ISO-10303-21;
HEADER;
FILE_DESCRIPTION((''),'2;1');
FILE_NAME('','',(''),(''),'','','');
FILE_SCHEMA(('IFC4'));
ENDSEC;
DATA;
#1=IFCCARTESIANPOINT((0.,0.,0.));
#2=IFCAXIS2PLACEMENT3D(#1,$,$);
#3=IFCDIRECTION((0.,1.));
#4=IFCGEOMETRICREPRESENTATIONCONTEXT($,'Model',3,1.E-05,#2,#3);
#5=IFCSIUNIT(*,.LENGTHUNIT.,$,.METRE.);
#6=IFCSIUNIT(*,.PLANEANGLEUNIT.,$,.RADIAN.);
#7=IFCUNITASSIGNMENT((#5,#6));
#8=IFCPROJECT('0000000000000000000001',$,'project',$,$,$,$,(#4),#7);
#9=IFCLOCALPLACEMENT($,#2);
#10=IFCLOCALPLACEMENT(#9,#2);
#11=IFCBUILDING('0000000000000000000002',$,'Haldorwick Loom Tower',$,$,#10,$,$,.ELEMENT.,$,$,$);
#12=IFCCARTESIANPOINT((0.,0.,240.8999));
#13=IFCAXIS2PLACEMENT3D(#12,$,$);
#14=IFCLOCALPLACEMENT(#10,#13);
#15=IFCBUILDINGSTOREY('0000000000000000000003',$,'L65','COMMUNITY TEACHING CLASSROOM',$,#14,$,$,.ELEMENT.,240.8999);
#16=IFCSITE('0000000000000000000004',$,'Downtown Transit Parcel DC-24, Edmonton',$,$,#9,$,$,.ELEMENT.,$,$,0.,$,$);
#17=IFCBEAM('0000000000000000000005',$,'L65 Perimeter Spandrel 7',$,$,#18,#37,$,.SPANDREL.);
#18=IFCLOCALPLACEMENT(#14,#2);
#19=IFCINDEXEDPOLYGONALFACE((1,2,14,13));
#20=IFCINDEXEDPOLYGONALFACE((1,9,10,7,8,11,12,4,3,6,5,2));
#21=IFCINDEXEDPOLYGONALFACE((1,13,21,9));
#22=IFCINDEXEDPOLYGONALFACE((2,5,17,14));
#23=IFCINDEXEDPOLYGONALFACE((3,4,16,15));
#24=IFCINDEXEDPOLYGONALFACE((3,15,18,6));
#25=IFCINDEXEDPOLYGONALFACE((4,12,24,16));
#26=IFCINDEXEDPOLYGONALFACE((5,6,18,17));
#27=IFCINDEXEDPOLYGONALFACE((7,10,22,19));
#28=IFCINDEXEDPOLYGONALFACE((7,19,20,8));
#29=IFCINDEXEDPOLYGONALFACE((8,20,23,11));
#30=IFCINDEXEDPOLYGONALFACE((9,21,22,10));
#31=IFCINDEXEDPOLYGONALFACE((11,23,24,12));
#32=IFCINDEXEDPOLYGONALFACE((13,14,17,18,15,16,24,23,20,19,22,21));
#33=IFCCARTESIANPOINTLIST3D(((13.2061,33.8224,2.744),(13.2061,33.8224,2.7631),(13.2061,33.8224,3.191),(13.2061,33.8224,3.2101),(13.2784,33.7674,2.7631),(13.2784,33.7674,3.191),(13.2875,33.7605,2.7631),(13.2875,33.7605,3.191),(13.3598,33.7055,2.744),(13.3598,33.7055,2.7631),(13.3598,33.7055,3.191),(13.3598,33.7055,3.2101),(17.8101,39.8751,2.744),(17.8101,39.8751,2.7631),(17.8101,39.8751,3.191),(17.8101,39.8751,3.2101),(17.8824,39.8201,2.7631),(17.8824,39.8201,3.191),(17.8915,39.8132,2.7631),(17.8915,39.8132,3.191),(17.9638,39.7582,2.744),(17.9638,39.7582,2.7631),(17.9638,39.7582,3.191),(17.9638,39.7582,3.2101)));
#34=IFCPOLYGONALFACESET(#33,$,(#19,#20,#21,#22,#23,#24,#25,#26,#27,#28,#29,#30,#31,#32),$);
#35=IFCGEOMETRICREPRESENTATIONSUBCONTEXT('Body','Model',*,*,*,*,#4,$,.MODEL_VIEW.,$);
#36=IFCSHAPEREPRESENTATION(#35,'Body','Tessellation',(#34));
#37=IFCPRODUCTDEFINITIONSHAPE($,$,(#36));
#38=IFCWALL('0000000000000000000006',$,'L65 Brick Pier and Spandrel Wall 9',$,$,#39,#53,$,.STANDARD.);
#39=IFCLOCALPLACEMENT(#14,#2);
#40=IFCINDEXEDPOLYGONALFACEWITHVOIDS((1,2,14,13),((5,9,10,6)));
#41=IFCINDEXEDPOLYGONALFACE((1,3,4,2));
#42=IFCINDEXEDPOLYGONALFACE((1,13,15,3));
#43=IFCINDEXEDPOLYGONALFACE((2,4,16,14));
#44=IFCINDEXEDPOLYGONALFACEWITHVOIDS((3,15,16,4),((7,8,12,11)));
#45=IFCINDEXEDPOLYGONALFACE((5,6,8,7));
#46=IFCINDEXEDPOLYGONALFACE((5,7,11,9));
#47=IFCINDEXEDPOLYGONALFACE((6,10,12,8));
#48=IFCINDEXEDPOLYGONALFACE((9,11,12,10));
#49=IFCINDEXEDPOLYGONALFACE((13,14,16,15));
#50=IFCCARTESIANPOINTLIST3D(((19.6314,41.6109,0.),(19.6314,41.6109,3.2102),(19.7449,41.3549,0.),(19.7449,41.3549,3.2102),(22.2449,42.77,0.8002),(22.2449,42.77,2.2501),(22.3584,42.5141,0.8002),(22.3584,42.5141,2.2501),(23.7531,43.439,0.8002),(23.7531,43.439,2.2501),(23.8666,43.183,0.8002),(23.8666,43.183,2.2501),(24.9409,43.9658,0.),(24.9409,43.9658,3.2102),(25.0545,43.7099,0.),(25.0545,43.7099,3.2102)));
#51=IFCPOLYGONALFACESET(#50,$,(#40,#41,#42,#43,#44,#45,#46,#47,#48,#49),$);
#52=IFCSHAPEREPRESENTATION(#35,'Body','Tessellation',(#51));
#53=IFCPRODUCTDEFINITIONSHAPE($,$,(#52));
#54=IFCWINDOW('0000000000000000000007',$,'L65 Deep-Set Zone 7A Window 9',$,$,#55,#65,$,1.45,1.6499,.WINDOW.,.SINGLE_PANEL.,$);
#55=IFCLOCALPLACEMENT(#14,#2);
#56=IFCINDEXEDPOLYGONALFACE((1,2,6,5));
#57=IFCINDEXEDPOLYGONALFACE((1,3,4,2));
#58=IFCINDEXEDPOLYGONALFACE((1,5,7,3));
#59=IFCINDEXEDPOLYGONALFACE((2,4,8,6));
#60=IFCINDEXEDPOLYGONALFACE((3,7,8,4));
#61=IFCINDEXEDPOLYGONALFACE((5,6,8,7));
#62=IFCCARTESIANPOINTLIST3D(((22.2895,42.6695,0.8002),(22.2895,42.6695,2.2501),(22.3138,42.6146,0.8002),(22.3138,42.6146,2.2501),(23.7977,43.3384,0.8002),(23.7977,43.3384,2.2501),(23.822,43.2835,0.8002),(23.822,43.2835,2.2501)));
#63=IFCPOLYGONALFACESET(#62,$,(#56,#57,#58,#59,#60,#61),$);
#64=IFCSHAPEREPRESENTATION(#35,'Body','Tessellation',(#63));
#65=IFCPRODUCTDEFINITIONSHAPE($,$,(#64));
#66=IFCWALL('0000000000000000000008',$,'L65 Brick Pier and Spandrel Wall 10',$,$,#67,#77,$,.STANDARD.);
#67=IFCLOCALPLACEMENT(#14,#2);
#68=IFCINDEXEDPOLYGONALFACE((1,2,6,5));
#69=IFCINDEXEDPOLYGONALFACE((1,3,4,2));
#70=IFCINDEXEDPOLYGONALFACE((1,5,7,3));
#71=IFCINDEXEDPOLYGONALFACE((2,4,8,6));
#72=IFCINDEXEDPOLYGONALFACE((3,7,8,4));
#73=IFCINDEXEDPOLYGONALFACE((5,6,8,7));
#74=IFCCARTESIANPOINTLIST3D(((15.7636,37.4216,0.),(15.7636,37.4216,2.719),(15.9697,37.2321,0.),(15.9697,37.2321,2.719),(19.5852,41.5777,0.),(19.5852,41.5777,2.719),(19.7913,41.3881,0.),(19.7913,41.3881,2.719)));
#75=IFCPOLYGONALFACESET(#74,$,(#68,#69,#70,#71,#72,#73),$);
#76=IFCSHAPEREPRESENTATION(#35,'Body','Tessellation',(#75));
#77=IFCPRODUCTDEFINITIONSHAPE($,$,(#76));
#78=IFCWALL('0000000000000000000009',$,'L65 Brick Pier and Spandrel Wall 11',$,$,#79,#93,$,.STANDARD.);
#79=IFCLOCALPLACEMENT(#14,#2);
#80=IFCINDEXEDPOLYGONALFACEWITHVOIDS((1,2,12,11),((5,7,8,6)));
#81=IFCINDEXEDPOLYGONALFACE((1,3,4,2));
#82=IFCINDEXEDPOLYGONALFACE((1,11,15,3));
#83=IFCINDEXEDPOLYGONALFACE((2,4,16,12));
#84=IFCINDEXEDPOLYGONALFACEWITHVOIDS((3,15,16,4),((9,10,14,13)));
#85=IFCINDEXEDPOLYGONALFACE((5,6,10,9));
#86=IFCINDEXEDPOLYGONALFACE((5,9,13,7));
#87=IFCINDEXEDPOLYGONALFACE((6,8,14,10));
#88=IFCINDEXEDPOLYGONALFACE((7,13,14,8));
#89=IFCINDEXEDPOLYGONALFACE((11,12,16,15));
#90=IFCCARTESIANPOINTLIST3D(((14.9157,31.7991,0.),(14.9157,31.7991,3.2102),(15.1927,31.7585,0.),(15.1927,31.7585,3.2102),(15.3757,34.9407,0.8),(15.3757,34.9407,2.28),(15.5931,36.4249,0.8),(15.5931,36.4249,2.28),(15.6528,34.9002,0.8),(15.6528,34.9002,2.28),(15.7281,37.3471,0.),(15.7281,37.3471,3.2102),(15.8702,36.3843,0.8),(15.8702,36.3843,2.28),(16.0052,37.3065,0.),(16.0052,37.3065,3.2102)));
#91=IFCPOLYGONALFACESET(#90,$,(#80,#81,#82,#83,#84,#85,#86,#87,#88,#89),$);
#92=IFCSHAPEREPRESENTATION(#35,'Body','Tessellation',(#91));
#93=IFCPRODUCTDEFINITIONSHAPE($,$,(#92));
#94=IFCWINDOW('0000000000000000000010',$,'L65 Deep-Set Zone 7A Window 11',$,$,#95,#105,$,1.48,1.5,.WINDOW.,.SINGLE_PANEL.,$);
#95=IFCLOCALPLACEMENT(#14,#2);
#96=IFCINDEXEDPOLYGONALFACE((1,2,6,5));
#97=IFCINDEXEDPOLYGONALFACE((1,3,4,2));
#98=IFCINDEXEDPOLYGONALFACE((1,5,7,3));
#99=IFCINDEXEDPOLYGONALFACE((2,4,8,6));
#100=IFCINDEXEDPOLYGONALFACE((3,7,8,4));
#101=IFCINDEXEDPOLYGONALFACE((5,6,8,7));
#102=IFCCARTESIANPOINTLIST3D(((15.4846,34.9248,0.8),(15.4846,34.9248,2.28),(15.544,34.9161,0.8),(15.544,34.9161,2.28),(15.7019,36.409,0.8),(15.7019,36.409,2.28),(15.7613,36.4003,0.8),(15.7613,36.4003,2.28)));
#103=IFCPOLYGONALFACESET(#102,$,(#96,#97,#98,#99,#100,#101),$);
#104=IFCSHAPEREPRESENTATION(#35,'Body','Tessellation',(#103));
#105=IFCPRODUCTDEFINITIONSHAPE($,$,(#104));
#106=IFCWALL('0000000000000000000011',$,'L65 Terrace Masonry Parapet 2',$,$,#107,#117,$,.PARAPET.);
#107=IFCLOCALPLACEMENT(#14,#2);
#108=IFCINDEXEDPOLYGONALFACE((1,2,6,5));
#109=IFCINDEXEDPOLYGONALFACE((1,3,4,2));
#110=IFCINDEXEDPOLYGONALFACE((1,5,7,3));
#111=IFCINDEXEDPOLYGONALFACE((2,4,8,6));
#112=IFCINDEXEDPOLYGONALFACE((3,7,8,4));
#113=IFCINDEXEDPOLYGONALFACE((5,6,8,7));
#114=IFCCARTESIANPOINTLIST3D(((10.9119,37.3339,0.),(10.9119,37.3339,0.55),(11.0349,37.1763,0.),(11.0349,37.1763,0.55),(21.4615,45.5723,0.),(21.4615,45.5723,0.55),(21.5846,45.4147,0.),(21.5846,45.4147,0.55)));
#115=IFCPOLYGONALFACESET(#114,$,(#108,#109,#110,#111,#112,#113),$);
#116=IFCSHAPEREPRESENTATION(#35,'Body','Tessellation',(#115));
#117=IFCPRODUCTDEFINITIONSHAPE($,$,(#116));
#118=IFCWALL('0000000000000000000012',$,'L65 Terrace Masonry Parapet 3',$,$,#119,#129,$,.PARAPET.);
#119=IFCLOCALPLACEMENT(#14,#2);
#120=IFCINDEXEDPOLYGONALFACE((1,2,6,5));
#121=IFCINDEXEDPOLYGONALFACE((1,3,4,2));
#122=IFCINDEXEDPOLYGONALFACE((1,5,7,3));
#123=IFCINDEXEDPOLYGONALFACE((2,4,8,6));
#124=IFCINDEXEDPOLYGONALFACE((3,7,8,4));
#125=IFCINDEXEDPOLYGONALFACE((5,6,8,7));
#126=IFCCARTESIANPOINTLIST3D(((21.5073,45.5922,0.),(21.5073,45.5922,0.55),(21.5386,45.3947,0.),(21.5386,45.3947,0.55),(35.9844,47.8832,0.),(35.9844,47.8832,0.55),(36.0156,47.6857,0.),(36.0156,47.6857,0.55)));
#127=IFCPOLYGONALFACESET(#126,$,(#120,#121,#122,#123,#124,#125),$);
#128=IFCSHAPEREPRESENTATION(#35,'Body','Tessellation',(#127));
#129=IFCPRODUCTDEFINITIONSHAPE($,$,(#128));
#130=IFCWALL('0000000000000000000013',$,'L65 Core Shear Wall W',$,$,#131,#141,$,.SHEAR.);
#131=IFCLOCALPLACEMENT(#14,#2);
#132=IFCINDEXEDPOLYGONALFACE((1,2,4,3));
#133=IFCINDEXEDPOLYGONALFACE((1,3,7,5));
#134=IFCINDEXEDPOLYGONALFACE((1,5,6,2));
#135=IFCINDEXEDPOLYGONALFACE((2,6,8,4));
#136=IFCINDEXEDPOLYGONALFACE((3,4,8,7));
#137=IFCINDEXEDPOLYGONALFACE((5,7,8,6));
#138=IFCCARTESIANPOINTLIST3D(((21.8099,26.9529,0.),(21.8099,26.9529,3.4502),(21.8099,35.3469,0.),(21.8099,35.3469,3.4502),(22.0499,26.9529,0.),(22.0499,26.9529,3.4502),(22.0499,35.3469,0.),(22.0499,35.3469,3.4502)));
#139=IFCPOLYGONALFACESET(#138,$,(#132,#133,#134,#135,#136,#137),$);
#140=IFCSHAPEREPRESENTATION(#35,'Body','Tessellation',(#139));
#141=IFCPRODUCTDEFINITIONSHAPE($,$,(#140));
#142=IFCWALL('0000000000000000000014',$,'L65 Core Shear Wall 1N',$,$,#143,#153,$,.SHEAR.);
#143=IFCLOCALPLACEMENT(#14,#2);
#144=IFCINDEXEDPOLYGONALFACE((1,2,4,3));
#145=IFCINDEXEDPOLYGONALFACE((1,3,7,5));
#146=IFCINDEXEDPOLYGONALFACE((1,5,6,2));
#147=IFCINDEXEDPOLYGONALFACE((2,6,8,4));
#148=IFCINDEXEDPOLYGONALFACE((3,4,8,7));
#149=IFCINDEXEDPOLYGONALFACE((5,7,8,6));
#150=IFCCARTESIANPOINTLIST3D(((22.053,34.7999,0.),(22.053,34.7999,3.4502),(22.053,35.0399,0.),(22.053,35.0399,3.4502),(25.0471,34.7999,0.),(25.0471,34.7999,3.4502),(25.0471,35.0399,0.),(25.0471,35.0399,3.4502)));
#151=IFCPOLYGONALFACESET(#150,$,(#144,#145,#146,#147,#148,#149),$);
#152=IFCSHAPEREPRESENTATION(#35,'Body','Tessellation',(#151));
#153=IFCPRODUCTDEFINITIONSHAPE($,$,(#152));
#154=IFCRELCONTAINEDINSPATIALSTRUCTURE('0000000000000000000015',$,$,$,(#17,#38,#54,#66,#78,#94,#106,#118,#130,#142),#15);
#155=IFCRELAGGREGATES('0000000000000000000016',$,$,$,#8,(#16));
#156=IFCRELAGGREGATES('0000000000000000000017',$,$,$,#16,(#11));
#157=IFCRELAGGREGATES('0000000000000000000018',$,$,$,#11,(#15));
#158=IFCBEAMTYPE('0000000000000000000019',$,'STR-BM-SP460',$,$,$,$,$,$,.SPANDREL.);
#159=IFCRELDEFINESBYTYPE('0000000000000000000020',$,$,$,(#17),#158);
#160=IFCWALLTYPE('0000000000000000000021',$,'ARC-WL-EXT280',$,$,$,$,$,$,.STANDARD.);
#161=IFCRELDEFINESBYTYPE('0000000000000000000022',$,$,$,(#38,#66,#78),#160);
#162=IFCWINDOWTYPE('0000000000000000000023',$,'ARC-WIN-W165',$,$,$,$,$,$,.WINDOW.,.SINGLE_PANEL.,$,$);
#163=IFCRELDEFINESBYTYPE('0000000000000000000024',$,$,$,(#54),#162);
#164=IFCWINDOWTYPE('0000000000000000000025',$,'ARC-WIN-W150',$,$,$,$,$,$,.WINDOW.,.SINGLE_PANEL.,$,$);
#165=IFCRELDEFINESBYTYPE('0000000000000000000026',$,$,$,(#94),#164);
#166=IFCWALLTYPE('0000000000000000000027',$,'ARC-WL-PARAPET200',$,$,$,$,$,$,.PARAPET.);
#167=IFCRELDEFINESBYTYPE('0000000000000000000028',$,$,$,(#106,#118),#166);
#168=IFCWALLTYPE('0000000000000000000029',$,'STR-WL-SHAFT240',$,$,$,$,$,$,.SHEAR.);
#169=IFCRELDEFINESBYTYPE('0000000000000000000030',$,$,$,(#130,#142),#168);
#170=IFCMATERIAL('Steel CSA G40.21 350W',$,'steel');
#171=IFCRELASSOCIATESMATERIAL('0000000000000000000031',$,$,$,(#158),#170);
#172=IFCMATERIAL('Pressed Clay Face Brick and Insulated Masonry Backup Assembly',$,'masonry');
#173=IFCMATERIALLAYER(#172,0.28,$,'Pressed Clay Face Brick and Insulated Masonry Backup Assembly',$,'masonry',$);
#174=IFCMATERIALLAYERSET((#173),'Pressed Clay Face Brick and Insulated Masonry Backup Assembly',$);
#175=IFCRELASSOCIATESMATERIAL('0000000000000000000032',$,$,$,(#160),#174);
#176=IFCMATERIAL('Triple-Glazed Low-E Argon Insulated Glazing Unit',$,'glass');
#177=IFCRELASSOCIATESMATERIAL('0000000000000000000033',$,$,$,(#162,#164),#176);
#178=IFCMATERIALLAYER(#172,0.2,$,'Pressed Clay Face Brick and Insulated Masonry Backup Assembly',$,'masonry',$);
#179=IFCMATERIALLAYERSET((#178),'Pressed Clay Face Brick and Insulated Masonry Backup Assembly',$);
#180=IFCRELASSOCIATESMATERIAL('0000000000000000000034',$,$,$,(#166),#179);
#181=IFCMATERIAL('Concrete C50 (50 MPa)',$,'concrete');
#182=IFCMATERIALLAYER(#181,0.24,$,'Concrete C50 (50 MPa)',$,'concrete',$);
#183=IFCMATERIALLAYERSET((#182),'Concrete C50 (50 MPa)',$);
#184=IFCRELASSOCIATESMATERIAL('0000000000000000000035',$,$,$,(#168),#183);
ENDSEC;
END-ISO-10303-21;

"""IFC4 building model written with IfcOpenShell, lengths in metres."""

from ifc_helpers import new_model, si_unit, direction, frame, frame_2d, origin, origin_2d, place, context, subcontext, project, spatial, rectangle, i_section, extrude, material, layer, layer_set, material_profile, profile_set, type_object, element, fill, save


model = new_model("IFC4")

# Units and contexts
model_context = context("Model", 3, precision=1e-05, world=origin(), true_north=direction((0.0, 1.0)))
body_context = subcontext(model_context, "Body", "Model", "MODEL_VIEW")
ifc_project = project(units=[si_unit("LENGTHUNIT", "METRE"), si_unit("PLANEANGLEUNIT", "RADIAN")], contexts=[model_context])

# Site, building, storey
site_placement = place(None, origin())
site = spatial("IfcSite", under=ifc_project, at=site_placement, Name="Downtown Transit Parcel DC-24, Edmonton", CompositionType="ELEMENT", RefElevation=0.0)
building_placement = place(site_placement, origin())
building = spatial("IfcBuilding", under=site, at=building_placement, Name="Haldorwick Loom Tower", CompositionType="ELEMENT")
storey_placement = place(building_placement, frame((0.0, 0.0, 240.8999)))
storey = spatial("IfcBuildingStorey", under=building, at=storey_placement, Name="L65", Description="COMMUNITY TEACHING CLASSROOM", CompositionType="ELEMENT", Elevation=240.8999)

# Shared definitions
ifc_material_1 = material(Name="Steel CSA G40.21 350W", Category="steel")

# Beam
ifc_material_2 = material(Name="Concrete C50 (50 MPa)", Category="concrete")
ifc_material_profile_1 = material_profile(ifc_material_1, i_section(OverallWidth=0.1931, OverallDepth=0.4661, WebThickness=0.0115, FlangeThickness=0.019, at=origin_2d()), Name="W460X97", Category="steel")
ifc_profile_set_1 = profile_set([ifc_material_profile_1], Name="Steel CSA G40.21 350W")
beam_type_1 = type_object("IfcBeamType", Name="STR-BM-SP460", PredefinedType="SPANDREL", material=ifc_profile_set_1)
beam_1_placement = place(storey_placement, frame((17.887, 39.8167, 2.9771), z_axis=(-0.60541, -0.795913, 0.0), x_axis=(0.795913, -0.60541, 0.0)))
element("IfcBeam", 1, at=beam_1_placement, inside=storey, type_object=beam_type_1, Name="L65 Perimeter Spandrel 7", PredefinedType="SPANDREL", context=body_context, shape_type="SweptSolid", body=[
    extrude(i_section(OverallWidth=0.1931, OverallDepth=0.4661, WebThickness=0.0115, FlangeThickness=0.019, at=origin_2d()), origin(), (0.0, 0.0, 1.0), 7.6047),
])

# Wall, opening, window
ifc_material_3 = material(Name="Pressed Clay Face Brick and Insulated Masonry Backup Assembly", Category="masonry")
ifc_layer_1 = layer(ifc_material_3, 0.28, Name="Pressed Clay Face Brick and Insulated Masonry Backup Assembly", Category="masonry")
ifc_layer_set_1 = layer_set([ifc_layer_1], Name="Pressed Clay Face Brick and Insulated Masonry Backup Assembly")
wall_type_1 = type_object("IfcWallType", Name="ARC-WL-EXT280", PredefinedType="STANDARD", material=ifc_layer_set_1)
wall_1_placement = place(storey_placement, frame((24.9978, 43.8379, 0.0), z_axis=(0.0, 0.0, 1.0), x_axis=(-0.91412, -0.405444, 0.0)))
wall_1 = element("IfcWall", 2, at=wall_1_placement, inside=storey, type_object=wall_type_1, Name="L65 Brick Pier and Spandrel Wall 9", PredefinedType="STANDARD", context=body_context, shape_type="SweptSolid", body=[
    extrude(rectangle(XDim=5.8083, YDim=0.28, at=frame_2d((2.9043, 0.0))), origin(), (0.0, 0.0, 1.0), 3.2102),
])
opening_1_placement = place(wall_1_placement, frame((1.2996, 0.0, 0.8)))
opening_1 = element("IfcOpeningElement", 3, at=opening_1_placement, cuts=wall_1, PredefinedType="OPENING", context=body_context, shape_type="SweptSolid", body=[
    extrude(rectangle(XDim=1.6499, YDim=1.45, at=frame_2d((0.825, 0.7251))), frame((0.0, 0.1499, 0.0), z_axis=(0.0, -1.0, 0.0), x_axis=(1.0, 0.0, 0.0)), (0.0, 0.0, 1.0), 0.3),
])
ifc_material_4 = material(Name="Triple-Glazed Low-E Argon Insulated Glazing Unit", Category="glass")
window_type_1 = type_object("IfcWindowType", Name="ARC-WIN-W165", PartitioningType="SINGLE_PANEL", PredefinedType="WINDOW", material=ifc_material_4)
window_1_placement = place(opening_1_placement, origin())
window_1 = element("IfcWindow", 4, at=window_1_placement, inside=storey, type_object=window_type_1, Name="L65 Deep-Set Zone 7A Window 9", OverallHeight=1.45, OverallWidth=1.6499, PartitioningType="SINGLE_PANEL", PredefinedType="WINDOW", context=body_context, shape_type="SweptSolid", body=[
    extrude(rectangle(XDim=1.6499, YDim=1.45, at=frame_2d((0.825, 0.7251))), frame((0.0, 0.03, 0.0), z_axis=(0.0, -1.0, 0.0), x_axis=(1.0, 0.0, 0.0)), (0.0, 0.0, 1.0), 0.0601),
])
fill(opening_1, window_1)

# Wall
wall_2_placement = place(storey_placement, frame((19.6882, 41.4829, 0.0), z_axis=(0.0, 0.0, 1.0), x_axis=(-0.676865, -0.736107, 0.0)))
element("IfcWall", 5, at=wall_2_placement, inside=storey, type_object=wall_type_1, Name="L65 Brick Pier and Spandrel Wall 10", PredefinedType="STANDARD", context=body_context, shape_type="SweptSolid", body=[
    extrude(rectangle(XDim=5.646, YDim=0.28, at=frame_2d((2.823, 0.0))), origin(), (0.0, 0.0, 1.0), 2.719),
])

# Wall, opening, window
wall_3_placement = place(storey_placement, frame((15.8667, 37.3269, 0.0), z_axis=(0.0, 0.0, 1.0), x_axis=(-0.144901, -0.989446, 0.0)))
wall_3 = element("IfcWall", 6, at=wall_3_placement, inside=storey, type_object=wall_type_1, Name="L65 Brick Pier and Spandrel Wall 11", PredefinedType="STANDARD", context=body_context, shape_type="SweptSolid", body=[
    extrude(rectangle(XDim=5.6072, YDim=0.28, at=frame_2d((2.8037, 0.0))), origin(), (0.0, 0.0, 1.0), 3.2102),
])
opening_2_placement = place(wall_3_placement, frame((0.9321, 0.0, 0.8)))
opening_2 = element("IfcOpeningElement", 7, at=opening_2_placement, cuts=wall_3, PredefinedType="OPENING", context=body_context, shape_type="SweptSolid", body=[
    extrude(rectangle(XDim=1.5, YDim=1.48, at=frame_2d((0.75, 0.74))), frame((0.0, 0.1499, 0.0), z_axis=(0.0, -1.0, 0.0), x_axis=(1.0, 0.0, 0.0)), (0.0, 0.0, 1.0), 0.3),
])
window_type_2 = type_object("IfcWindowType", Name="ARC-WIN-W150", PartitioningType="SINGLE_PANEL", PredefinedType="WINDOW", material=ifc_material_4)
window_2_placement = place(opening_2_placement, origin())
window_2 = element("IfcWindow", 8, at=window_2_placement, inside=storey, type_object=window_type_2, Name="L65 Deep-Set Zone 7A Window 11", OverallHeight=1.48, OverallWidth=1.5, PartitioningType="SINGLE_PANEL", PredefinedType="WINDOW", context=body_context, shape_type="SweptSolid", body=[
    extrude(rectangle(XDim=1.5, YDim=1.48, at=frame_2d((0.75, 0.74))), frame((0.0, 0.03, 0.0), z_axis=(0.0, -1.0, 0.0), x_axis=(1.0, 0.0, 0.0)), (0.0, 0.0, 1.0), 0.0601),
])
fill(opening_2, window_2)

# Walls
ifc_layer_2 = layer(ifc_material_3, 0.2, Name="Pressed Clay Face Brick and Insulated Masonry Backup Assembly", Category="masonry")
ifc_layer_set_2 = layer_set([ifc_layer_2], Name="Pressed Clay Face Brick and Insulated Masonry Backup Assembly")
wall_type_2 = type_object("IfcWallType", Name="ARC-WL-PARAPET200", PredefinedType="PARAPET", material=ifc_layer_set_2)
wall_4_placement = place(storey_placement, frame((10.9734, 37.2551, 0.0), z_axis=(0.0, 0.0, 1.0), x_axis=(0.788153, 0.615479, 0.0)))
element("IfcWall", 9, at=wall_4_placement, inside=storey, type_object=wall_type_2, Name="L65 Terrace Masonry Parapet 2", PredefinedType="PARAPET", context=body_context, shape_type="SweptSolid", body=[
    extrude(rectangle(XDim=13.3853, YDim=0.2, at=frame_2d((6.6926, 0.0))), origin(), (0.0, 0.0, 1.0), 0.55),
])
wall_5_placement = place(storey_placement, frame((21.5229, 45.4934, 0.0), z_axis=(0.0, 0.0, 1.0), x_axis=(0.987709, 0.156306, 0.0)))
element("IfcWall", 10, at=wall_5_placement, inside=storey, type_object=wall_type_2, Name="L65 Terrace Masonry Parapet 3", PredefinedType="PARAPET", context=body_context, shape_type="SweptSolid", body=[
    extrude(rectangle(XDim=14.6572, YDim=0.2, at=frame_2d((7.3286, 0.0))), origin(), (0.0, 0.0, 1.0), 0.55),
])
ifc_layer_3 = layer(ifc_material_2, 0.24, Name="Concrete C50 (50 MPa)", Category="concrete")
ifc_layer_set_3 = layer_set([ifc_layer_3], Name="Concrete C50 (50 MPa)")
wall_type_3 = type_object("IfcWallType", Name="STR-WL-SHAFT240", PredefinedType="SHEAR", material=ifc_layer_set_3)
wall_6_placement = place(storey_placement, frame((21.9299, 35.3469, 0.0), z_axis=(0.0, 0.0, 1.0), x_axis=(0.0, -1.0, 0.0)))
element("IfcWall", 11, at=wall_6_placement, inside=storey, type_object=wall_type_3, Name="L65 Core Shear Wall W", PredefinedType="SHEAR", context=body_context, shape_type="SweptSolid", body=[
    extrude(rectangle(XDim=8.394, YDim=0.24, at=frame_2d((4.197, 0.0))), origin(), (0.0, 0.0, 1.0), 3.4502),
])
wall_7_placement = place(storey_placement, frame((22.053, 34.9199, 0.0), z_axis=(0.0, 0.0, 1.0), x_axis=(1.0, 0.0, 0.0)))
element("IfcWall", 12, at=wall_7_placement, inside=storey, type_object=wall_type_3, Name="L65 Core Shear Wall 1N", PredefinedType="SHEAR", context=body_context, shape_type="SweptSolid", body=[
    extrude(rectangle(XDim=2.9941, YDim=0.24, at=frame_2d((1.4971, 0.0))), origin(), (0.0, 0.0, 1.0), 3.4502),
])

save(model, "model.ifc")
